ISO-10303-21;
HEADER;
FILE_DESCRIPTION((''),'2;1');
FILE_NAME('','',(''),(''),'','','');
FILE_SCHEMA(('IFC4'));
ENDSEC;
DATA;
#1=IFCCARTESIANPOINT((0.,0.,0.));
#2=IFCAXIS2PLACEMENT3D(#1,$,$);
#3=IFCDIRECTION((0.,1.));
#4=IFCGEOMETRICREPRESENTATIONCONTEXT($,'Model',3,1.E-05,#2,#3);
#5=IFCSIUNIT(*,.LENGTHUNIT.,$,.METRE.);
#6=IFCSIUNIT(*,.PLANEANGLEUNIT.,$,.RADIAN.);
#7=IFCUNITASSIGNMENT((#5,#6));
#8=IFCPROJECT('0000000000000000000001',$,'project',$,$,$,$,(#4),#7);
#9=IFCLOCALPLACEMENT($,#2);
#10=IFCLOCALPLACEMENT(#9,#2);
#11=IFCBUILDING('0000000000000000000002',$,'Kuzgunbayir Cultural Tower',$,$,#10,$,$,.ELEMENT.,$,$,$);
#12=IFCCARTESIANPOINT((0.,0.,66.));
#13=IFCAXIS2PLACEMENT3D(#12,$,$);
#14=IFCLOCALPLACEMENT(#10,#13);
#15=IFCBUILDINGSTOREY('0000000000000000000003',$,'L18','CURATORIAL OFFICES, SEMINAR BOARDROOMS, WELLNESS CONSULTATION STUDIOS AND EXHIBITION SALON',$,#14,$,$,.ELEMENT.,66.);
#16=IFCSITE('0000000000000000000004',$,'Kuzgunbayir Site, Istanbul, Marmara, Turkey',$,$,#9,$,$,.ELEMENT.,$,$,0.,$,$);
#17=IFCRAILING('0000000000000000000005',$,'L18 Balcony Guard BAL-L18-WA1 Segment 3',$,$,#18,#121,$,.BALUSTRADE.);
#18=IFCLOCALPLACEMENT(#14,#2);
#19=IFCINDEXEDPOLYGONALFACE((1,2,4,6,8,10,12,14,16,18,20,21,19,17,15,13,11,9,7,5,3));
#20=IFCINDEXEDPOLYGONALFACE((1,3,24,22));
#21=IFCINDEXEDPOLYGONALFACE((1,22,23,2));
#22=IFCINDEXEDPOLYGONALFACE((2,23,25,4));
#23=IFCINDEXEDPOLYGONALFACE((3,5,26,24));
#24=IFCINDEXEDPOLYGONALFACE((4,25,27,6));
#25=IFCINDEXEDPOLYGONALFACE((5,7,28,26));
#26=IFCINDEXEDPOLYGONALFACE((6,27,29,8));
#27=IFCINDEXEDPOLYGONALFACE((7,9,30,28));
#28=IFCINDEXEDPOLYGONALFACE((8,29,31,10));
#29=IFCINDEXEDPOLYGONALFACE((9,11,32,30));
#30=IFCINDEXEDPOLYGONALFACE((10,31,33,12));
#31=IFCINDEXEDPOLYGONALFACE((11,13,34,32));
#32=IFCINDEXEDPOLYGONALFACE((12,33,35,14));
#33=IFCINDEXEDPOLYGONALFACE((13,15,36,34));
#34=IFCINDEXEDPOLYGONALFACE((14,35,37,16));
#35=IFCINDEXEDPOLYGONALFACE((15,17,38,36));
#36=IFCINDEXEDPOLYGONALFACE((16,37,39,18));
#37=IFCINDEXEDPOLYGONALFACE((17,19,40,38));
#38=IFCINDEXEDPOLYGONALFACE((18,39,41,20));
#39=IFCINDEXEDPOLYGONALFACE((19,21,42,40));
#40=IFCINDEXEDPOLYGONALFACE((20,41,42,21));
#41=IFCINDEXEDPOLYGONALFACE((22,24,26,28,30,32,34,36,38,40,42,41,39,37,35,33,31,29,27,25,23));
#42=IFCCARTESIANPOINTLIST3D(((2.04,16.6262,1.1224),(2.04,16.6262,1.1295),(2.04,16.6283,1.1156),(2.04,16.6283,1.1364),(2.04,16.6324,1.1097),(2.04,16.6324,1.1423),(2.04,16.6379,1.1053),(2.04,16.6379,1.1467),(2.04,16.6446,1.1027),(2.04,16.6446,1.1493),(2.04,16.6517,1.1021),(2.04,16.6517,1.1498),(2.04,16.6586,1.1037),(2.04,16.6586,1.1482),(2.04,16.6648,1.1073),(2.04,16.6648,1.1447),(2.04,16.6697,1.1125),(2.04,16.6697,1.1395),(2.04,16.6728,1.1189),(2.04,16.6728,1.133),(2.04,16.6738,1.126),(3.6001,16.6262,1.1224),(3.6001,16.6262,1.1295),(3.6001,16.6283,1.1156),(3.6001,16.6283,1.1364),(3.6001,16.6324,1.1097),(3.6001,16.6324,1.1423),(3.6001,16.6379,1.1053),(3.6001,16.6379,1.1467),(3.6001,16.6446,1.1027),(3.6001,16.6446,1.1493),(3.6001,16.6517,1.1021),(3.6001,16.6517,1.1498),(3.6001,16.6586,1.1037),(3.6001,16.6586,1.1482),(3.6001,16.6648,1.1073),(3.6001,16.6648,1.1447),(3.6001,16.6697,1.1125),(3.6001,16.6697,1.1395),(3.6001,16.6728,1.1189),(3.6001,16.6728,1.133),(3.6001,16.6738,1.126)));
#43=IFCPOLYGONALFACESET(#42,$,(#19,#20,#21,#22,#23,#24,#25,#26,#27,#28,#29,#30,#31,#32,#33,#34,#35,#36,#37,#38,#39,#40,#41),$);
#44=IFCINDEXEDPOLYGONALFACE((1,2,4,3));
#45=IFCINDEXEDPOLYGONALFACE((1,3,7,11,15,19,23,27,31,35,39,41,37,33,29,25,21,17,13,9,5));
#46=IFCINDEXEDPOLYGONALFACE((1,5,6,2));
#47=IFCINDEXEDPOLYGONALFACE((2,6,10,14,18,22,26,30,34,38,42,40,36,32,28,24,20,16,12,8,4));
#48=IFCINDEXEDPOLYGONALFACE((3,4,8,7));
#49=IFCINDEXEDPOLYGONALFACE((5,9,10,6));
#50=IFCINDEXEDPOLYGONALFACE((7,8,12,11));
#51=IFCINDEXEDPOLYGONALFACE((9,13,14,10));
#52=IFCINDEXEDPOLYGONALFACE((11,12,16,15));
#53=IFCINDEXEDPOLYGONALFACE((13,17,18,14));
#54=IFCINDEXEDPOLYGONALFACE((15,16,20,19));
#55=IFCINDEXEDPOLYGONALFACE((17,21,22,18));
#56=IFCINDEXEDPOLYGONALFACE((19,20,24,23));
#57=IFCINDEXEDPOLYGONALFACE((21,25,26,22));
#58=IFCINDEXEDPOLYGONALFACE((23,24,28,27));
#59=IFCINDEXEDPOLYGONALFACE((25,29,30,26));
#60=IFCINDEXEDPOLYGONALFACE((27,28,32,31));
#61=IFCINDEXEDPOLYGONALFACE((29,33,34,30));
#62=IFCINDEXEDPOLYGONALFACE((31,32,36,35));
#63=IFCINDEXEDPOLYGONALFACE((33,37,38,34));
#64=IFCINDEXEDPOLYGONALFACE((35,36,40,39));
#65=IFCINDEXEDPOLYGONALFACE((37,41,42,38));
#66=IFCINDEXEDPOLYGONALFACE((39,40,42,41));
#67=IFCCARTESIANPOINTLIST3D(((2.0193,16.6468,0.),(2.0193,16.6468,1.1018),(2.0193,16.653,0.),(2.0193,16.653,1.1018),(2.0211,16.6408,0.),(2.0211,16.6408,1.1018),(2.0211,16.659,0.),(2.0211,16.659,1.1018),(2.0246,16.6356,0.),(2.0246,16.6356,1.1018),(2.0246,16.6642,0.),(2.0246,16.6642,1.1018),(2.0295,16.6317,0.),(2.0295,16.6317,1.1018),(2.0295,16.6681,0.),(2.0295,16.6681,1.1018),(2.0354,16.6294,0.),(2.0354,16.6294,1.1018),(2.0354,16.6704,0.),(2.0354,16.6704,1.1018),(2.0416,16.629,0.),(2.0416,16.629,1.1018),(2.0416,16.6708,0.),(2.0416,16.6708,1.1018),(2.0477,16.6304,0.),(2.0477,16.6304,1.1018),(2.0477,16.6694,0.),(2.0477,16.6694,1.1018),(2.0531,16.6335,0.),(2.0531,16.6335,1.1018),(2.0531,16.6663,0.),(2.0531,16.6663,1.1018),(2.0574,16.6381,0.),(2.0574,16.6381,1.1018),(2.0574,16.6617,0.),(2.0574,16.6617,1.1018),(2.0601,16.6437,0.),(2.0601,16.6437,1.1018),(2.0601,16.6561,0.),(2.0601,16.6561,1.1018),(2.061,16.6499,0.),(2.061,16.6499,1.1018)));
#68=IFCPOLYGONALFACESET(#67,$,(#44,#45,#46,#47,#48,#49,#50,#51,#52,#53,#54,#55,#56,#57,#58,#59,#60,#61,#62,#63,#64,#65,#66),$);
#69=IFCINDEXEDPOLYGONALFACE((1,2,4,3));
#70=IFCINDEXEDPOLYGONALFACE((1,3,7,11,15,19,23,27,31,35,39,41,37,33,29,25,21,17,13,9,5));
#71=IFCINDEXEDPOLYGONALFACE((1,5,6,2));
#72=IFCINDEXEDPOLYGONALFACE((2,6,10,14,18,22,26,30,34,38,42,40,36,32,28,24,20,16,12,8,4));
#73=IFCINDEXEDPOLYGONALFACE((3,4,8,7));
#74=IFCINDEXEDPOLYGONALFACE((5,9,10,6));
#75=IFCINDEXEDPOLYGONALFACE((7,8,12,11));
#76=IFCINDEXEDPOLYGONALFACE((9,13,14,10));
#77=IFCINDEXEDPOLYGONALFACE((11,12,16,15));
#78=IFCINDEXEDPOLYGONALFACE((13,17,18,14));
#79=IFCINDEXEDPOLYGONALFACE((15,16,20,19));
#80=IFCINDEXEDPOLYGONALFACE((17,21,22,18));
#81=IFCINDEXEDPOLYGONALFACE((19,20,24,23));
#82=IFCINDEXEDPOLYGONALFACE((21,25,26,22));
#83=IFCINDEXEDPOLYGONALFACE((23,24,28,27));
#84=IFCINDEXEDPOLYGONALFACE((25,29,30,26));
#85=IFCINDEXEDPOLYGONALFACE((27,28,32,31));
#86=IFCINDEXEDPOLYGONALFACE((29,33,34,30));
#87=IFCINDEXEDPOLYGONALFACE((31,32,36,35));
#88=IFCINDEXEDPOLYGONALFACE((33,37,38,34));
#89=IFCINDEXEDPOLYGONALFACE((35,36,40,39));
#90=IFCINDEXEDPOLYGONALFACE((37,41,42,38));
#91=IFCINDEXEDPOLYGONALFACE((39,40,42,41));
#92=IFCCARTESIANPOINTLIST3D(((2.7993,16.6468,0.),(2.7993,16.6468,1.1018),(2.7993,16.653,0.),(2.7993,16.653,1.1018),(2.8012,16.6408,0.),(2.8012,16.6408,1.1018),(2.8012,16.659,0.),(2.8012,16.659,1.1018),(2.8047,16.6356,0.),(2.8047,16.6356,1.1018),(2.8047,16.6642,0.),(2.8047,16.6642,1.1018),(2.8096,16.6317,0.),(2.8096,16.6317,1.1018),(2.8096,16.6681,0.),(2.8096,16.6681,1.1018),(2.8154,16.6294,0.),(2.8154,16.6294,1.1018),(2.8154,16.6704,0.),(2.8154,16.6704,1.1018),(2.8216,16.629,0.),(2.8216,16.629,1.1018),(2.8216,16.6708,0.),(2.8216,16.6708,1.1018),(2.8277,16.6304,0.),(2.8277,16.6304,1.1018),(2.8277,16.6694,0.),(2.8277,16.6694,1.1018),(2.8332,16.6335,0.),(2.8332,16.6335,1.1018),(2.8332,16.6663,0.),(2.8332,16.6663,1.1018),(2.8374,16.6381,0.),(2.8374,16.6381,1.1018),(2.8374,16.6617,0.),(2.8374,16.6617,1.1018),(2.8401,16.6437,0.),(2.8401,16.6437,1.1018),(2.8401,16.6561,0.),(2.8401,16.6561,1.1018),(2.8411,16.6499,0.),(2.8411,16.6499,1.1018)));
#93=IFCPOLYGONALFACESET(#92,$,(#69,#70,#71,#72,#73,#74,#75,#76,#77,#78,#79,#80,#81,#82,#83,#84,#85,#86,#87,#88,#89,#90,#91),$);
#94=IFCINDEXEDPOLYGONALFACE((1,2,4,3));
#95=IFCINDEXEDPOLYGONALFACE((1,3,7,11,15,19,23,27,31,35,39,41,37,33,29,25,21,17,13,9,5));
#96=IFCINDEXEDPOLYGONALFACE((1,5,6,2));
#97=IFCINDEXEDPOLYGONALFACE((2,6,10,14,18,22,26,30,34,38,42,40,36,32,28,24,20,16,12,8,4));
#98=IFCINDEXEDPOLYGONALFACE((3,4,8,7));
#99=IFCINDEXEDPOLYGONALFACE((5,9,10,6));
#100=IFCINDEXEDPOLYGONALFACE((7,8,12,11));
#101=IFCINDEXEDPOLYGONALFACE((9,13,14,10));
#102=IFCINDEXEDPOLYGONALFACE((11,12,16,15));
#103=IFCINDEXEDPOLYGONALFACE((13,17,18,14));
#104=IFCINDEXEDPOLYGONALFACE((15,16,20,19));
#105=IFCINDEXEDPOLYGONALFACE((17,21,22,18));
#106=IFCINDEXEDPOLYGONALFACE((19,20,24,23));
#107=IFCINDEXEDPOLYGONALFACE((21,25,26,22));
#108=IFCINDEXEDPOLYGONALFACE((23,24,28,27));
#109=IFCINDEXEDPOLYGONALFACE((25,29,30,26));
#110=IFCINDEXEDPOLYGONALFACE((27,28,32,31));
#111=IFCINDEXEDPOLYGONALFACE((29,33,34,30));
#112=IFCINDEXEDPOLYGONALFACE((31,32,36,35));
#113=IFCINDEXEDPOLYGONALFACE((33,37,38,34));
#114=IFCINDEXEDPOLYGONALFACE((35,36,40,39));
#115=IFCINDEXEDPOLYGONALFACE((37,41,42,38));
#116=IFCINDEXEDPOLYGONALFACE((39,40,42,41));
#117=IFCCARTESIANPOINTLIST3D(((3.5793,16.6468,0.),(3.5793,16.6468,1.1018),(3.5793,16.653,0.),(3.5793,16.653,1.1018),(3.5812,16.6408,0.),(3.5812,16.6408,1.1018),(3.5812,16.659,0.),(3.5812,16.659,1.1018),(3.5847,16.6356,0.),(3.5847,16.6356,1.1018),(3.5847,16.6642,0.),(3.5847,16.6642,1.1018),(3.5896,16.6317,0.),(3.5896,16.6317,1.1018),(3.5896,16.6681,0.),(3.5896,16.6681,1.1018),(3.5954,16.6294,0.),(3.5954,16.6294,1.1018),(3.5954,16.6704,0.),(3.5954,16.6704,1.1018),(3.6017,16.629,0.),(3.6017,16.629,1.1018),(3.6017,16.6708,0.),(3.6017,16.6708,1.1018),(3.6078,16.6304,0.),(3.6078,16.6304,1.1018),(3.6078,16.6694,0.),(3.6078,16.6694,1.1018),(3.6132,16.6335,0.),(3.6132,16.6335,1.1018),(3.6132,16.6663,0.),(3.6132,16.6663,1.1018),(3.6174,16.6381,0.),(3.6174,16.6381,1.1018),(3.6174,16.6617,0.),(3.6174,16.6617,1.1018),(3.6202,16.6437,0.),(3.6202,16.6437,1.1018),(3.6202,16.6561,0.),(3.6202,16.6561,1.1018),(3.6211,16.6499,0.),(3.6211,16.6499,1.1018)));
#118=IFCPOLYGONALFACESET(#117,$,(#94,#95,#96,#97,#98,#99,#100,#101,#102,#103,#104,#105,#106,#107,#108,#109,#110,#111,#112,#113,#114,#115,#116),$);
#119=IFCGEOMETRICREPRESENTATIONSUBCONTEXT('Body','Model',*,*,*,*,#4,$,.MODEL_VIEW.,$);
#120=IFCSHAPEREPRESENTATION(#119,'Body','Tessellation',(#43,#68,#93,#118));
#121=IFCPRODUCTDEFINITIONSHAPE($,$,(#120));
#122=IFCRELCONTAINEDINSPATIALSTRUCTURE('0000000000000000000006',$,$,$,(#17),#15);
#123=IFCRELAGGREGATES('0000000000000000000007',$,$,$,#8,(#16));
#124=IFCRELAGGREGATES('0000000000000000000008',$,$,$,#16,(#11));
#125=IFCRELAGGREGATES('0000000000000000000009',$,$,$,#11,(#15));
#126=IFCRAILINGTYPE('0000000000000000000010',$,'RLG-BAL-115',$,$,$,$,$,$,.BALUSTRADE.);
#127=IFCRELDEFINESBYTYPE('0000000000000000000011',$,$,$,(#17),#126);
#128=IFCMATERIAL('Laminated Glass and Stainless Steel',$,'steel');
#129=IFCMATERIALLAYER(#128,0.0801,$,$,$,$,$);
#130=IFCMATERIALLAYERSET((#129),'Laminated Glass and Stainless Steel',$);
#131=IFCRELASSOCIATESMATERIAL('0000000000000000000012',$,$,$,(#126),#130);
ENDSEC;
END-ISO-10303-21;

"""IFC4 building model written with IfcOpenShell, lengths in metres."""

from ifc_helpers import new_model, si_unit, direction, frame, origin, origin_2d, place, context, subcontext, project, spatial, circle, extrude, material, layer, layer_set, type_object, element, save


model = new_model("IFC4")

# Units and contexts
model_context = context("Model", 3, precision=1e-05, world=origin(), true_north=direction((0.0, 1.0)))
body_context = subcontext(model_context, "Body", "Model", "MODEL_VIEW")
ifc_project = project(units=[si_unit("LENGTHUNIT", "METRE"), si_unit("PLANEANGLEUNIT", "RADIAN")], contexts=[model_context])

# Site, building, storey
site_placement = place(None, origin())
site = spatial("IfcSite", under=ifc_project, at=site_placement, Name="Kuzgunbayir Site, Istanbul, Marmara, Turkey", CompositionType="ELEMENT", RefElevation=0.0)
building_placement = place(site_placement, origin())
building = spatial("IfcBuilding", under=site, at=building_placement, Name="Kuzgunbayir Cultural Tower", CompositionType="ELEMENT")
storey_placement = place(building_placement, frame((0.0, 0.0, 66.0)))
storey = spatial("IfcBuildingStorey", under=building, at=storey_placement, Name="L18", Description="CURATORIAL OFFICES, SEMINAR BOARDROOMS, WELLNESS CONSULTATION STUDIOS AND EXHIBITION SALON", CompositionType="ELEMENT", Elevation=66.0)

# Railing
ifc_material_1 = material(Name="Laminated Glass and Stainless Steel", Category="steel")
ifc_layer_1 = layer(ifc_material_1, 0.0801)
ifc_layer_set_1 = layer_set([ifc_layer_1], Name="Laminated Glass and Stainless Steel")
railing_type = type_object("IfcRailingType", Name="RLG-BAL-115", PredefinedType="BALUSTRADE", material=ifc_layer_set_1)
railing_1_placement = place(storey_placement, frame((2.04, 16.6499, 0.0)))
element("IfcRailing", 1, at=railing_1_placement, inside=storey, type_object=railing_type, Name="L18 Balcony Guard BAL-L18-WA1 Segment 3", PredefinedType="BALUSTRADE", context=body_context, shape_type="SweptSolid", body=[
    extrude(circle(Radius=0.0239, at=origin_2d()), frame((0.0, 0.0, 1.126), z_axis=(1.0, 0.0, 0.0), x_axis=(0.0, 1.0, 0.0)), (0.0, 0.0, 1.0), 1.5601),
    extrude(circle(Radius=0.021, at=origin_2d()), origin(), (0.0, 0.0, 1.0), 1.1018),
    extrude(circle(Radius=0.021, at=origin_2d()), frame((0.78, 0.0, 0.0)), (0.0, 0.0, 1.0), 1.1018),
    extrude(circle(Radius=0.021, at=origin_2d()), frame((1.5601, 0.0, 0.0)), (0.0, 0.0, 1.0), 1.1018),
])

save(model, "model.ifc")
